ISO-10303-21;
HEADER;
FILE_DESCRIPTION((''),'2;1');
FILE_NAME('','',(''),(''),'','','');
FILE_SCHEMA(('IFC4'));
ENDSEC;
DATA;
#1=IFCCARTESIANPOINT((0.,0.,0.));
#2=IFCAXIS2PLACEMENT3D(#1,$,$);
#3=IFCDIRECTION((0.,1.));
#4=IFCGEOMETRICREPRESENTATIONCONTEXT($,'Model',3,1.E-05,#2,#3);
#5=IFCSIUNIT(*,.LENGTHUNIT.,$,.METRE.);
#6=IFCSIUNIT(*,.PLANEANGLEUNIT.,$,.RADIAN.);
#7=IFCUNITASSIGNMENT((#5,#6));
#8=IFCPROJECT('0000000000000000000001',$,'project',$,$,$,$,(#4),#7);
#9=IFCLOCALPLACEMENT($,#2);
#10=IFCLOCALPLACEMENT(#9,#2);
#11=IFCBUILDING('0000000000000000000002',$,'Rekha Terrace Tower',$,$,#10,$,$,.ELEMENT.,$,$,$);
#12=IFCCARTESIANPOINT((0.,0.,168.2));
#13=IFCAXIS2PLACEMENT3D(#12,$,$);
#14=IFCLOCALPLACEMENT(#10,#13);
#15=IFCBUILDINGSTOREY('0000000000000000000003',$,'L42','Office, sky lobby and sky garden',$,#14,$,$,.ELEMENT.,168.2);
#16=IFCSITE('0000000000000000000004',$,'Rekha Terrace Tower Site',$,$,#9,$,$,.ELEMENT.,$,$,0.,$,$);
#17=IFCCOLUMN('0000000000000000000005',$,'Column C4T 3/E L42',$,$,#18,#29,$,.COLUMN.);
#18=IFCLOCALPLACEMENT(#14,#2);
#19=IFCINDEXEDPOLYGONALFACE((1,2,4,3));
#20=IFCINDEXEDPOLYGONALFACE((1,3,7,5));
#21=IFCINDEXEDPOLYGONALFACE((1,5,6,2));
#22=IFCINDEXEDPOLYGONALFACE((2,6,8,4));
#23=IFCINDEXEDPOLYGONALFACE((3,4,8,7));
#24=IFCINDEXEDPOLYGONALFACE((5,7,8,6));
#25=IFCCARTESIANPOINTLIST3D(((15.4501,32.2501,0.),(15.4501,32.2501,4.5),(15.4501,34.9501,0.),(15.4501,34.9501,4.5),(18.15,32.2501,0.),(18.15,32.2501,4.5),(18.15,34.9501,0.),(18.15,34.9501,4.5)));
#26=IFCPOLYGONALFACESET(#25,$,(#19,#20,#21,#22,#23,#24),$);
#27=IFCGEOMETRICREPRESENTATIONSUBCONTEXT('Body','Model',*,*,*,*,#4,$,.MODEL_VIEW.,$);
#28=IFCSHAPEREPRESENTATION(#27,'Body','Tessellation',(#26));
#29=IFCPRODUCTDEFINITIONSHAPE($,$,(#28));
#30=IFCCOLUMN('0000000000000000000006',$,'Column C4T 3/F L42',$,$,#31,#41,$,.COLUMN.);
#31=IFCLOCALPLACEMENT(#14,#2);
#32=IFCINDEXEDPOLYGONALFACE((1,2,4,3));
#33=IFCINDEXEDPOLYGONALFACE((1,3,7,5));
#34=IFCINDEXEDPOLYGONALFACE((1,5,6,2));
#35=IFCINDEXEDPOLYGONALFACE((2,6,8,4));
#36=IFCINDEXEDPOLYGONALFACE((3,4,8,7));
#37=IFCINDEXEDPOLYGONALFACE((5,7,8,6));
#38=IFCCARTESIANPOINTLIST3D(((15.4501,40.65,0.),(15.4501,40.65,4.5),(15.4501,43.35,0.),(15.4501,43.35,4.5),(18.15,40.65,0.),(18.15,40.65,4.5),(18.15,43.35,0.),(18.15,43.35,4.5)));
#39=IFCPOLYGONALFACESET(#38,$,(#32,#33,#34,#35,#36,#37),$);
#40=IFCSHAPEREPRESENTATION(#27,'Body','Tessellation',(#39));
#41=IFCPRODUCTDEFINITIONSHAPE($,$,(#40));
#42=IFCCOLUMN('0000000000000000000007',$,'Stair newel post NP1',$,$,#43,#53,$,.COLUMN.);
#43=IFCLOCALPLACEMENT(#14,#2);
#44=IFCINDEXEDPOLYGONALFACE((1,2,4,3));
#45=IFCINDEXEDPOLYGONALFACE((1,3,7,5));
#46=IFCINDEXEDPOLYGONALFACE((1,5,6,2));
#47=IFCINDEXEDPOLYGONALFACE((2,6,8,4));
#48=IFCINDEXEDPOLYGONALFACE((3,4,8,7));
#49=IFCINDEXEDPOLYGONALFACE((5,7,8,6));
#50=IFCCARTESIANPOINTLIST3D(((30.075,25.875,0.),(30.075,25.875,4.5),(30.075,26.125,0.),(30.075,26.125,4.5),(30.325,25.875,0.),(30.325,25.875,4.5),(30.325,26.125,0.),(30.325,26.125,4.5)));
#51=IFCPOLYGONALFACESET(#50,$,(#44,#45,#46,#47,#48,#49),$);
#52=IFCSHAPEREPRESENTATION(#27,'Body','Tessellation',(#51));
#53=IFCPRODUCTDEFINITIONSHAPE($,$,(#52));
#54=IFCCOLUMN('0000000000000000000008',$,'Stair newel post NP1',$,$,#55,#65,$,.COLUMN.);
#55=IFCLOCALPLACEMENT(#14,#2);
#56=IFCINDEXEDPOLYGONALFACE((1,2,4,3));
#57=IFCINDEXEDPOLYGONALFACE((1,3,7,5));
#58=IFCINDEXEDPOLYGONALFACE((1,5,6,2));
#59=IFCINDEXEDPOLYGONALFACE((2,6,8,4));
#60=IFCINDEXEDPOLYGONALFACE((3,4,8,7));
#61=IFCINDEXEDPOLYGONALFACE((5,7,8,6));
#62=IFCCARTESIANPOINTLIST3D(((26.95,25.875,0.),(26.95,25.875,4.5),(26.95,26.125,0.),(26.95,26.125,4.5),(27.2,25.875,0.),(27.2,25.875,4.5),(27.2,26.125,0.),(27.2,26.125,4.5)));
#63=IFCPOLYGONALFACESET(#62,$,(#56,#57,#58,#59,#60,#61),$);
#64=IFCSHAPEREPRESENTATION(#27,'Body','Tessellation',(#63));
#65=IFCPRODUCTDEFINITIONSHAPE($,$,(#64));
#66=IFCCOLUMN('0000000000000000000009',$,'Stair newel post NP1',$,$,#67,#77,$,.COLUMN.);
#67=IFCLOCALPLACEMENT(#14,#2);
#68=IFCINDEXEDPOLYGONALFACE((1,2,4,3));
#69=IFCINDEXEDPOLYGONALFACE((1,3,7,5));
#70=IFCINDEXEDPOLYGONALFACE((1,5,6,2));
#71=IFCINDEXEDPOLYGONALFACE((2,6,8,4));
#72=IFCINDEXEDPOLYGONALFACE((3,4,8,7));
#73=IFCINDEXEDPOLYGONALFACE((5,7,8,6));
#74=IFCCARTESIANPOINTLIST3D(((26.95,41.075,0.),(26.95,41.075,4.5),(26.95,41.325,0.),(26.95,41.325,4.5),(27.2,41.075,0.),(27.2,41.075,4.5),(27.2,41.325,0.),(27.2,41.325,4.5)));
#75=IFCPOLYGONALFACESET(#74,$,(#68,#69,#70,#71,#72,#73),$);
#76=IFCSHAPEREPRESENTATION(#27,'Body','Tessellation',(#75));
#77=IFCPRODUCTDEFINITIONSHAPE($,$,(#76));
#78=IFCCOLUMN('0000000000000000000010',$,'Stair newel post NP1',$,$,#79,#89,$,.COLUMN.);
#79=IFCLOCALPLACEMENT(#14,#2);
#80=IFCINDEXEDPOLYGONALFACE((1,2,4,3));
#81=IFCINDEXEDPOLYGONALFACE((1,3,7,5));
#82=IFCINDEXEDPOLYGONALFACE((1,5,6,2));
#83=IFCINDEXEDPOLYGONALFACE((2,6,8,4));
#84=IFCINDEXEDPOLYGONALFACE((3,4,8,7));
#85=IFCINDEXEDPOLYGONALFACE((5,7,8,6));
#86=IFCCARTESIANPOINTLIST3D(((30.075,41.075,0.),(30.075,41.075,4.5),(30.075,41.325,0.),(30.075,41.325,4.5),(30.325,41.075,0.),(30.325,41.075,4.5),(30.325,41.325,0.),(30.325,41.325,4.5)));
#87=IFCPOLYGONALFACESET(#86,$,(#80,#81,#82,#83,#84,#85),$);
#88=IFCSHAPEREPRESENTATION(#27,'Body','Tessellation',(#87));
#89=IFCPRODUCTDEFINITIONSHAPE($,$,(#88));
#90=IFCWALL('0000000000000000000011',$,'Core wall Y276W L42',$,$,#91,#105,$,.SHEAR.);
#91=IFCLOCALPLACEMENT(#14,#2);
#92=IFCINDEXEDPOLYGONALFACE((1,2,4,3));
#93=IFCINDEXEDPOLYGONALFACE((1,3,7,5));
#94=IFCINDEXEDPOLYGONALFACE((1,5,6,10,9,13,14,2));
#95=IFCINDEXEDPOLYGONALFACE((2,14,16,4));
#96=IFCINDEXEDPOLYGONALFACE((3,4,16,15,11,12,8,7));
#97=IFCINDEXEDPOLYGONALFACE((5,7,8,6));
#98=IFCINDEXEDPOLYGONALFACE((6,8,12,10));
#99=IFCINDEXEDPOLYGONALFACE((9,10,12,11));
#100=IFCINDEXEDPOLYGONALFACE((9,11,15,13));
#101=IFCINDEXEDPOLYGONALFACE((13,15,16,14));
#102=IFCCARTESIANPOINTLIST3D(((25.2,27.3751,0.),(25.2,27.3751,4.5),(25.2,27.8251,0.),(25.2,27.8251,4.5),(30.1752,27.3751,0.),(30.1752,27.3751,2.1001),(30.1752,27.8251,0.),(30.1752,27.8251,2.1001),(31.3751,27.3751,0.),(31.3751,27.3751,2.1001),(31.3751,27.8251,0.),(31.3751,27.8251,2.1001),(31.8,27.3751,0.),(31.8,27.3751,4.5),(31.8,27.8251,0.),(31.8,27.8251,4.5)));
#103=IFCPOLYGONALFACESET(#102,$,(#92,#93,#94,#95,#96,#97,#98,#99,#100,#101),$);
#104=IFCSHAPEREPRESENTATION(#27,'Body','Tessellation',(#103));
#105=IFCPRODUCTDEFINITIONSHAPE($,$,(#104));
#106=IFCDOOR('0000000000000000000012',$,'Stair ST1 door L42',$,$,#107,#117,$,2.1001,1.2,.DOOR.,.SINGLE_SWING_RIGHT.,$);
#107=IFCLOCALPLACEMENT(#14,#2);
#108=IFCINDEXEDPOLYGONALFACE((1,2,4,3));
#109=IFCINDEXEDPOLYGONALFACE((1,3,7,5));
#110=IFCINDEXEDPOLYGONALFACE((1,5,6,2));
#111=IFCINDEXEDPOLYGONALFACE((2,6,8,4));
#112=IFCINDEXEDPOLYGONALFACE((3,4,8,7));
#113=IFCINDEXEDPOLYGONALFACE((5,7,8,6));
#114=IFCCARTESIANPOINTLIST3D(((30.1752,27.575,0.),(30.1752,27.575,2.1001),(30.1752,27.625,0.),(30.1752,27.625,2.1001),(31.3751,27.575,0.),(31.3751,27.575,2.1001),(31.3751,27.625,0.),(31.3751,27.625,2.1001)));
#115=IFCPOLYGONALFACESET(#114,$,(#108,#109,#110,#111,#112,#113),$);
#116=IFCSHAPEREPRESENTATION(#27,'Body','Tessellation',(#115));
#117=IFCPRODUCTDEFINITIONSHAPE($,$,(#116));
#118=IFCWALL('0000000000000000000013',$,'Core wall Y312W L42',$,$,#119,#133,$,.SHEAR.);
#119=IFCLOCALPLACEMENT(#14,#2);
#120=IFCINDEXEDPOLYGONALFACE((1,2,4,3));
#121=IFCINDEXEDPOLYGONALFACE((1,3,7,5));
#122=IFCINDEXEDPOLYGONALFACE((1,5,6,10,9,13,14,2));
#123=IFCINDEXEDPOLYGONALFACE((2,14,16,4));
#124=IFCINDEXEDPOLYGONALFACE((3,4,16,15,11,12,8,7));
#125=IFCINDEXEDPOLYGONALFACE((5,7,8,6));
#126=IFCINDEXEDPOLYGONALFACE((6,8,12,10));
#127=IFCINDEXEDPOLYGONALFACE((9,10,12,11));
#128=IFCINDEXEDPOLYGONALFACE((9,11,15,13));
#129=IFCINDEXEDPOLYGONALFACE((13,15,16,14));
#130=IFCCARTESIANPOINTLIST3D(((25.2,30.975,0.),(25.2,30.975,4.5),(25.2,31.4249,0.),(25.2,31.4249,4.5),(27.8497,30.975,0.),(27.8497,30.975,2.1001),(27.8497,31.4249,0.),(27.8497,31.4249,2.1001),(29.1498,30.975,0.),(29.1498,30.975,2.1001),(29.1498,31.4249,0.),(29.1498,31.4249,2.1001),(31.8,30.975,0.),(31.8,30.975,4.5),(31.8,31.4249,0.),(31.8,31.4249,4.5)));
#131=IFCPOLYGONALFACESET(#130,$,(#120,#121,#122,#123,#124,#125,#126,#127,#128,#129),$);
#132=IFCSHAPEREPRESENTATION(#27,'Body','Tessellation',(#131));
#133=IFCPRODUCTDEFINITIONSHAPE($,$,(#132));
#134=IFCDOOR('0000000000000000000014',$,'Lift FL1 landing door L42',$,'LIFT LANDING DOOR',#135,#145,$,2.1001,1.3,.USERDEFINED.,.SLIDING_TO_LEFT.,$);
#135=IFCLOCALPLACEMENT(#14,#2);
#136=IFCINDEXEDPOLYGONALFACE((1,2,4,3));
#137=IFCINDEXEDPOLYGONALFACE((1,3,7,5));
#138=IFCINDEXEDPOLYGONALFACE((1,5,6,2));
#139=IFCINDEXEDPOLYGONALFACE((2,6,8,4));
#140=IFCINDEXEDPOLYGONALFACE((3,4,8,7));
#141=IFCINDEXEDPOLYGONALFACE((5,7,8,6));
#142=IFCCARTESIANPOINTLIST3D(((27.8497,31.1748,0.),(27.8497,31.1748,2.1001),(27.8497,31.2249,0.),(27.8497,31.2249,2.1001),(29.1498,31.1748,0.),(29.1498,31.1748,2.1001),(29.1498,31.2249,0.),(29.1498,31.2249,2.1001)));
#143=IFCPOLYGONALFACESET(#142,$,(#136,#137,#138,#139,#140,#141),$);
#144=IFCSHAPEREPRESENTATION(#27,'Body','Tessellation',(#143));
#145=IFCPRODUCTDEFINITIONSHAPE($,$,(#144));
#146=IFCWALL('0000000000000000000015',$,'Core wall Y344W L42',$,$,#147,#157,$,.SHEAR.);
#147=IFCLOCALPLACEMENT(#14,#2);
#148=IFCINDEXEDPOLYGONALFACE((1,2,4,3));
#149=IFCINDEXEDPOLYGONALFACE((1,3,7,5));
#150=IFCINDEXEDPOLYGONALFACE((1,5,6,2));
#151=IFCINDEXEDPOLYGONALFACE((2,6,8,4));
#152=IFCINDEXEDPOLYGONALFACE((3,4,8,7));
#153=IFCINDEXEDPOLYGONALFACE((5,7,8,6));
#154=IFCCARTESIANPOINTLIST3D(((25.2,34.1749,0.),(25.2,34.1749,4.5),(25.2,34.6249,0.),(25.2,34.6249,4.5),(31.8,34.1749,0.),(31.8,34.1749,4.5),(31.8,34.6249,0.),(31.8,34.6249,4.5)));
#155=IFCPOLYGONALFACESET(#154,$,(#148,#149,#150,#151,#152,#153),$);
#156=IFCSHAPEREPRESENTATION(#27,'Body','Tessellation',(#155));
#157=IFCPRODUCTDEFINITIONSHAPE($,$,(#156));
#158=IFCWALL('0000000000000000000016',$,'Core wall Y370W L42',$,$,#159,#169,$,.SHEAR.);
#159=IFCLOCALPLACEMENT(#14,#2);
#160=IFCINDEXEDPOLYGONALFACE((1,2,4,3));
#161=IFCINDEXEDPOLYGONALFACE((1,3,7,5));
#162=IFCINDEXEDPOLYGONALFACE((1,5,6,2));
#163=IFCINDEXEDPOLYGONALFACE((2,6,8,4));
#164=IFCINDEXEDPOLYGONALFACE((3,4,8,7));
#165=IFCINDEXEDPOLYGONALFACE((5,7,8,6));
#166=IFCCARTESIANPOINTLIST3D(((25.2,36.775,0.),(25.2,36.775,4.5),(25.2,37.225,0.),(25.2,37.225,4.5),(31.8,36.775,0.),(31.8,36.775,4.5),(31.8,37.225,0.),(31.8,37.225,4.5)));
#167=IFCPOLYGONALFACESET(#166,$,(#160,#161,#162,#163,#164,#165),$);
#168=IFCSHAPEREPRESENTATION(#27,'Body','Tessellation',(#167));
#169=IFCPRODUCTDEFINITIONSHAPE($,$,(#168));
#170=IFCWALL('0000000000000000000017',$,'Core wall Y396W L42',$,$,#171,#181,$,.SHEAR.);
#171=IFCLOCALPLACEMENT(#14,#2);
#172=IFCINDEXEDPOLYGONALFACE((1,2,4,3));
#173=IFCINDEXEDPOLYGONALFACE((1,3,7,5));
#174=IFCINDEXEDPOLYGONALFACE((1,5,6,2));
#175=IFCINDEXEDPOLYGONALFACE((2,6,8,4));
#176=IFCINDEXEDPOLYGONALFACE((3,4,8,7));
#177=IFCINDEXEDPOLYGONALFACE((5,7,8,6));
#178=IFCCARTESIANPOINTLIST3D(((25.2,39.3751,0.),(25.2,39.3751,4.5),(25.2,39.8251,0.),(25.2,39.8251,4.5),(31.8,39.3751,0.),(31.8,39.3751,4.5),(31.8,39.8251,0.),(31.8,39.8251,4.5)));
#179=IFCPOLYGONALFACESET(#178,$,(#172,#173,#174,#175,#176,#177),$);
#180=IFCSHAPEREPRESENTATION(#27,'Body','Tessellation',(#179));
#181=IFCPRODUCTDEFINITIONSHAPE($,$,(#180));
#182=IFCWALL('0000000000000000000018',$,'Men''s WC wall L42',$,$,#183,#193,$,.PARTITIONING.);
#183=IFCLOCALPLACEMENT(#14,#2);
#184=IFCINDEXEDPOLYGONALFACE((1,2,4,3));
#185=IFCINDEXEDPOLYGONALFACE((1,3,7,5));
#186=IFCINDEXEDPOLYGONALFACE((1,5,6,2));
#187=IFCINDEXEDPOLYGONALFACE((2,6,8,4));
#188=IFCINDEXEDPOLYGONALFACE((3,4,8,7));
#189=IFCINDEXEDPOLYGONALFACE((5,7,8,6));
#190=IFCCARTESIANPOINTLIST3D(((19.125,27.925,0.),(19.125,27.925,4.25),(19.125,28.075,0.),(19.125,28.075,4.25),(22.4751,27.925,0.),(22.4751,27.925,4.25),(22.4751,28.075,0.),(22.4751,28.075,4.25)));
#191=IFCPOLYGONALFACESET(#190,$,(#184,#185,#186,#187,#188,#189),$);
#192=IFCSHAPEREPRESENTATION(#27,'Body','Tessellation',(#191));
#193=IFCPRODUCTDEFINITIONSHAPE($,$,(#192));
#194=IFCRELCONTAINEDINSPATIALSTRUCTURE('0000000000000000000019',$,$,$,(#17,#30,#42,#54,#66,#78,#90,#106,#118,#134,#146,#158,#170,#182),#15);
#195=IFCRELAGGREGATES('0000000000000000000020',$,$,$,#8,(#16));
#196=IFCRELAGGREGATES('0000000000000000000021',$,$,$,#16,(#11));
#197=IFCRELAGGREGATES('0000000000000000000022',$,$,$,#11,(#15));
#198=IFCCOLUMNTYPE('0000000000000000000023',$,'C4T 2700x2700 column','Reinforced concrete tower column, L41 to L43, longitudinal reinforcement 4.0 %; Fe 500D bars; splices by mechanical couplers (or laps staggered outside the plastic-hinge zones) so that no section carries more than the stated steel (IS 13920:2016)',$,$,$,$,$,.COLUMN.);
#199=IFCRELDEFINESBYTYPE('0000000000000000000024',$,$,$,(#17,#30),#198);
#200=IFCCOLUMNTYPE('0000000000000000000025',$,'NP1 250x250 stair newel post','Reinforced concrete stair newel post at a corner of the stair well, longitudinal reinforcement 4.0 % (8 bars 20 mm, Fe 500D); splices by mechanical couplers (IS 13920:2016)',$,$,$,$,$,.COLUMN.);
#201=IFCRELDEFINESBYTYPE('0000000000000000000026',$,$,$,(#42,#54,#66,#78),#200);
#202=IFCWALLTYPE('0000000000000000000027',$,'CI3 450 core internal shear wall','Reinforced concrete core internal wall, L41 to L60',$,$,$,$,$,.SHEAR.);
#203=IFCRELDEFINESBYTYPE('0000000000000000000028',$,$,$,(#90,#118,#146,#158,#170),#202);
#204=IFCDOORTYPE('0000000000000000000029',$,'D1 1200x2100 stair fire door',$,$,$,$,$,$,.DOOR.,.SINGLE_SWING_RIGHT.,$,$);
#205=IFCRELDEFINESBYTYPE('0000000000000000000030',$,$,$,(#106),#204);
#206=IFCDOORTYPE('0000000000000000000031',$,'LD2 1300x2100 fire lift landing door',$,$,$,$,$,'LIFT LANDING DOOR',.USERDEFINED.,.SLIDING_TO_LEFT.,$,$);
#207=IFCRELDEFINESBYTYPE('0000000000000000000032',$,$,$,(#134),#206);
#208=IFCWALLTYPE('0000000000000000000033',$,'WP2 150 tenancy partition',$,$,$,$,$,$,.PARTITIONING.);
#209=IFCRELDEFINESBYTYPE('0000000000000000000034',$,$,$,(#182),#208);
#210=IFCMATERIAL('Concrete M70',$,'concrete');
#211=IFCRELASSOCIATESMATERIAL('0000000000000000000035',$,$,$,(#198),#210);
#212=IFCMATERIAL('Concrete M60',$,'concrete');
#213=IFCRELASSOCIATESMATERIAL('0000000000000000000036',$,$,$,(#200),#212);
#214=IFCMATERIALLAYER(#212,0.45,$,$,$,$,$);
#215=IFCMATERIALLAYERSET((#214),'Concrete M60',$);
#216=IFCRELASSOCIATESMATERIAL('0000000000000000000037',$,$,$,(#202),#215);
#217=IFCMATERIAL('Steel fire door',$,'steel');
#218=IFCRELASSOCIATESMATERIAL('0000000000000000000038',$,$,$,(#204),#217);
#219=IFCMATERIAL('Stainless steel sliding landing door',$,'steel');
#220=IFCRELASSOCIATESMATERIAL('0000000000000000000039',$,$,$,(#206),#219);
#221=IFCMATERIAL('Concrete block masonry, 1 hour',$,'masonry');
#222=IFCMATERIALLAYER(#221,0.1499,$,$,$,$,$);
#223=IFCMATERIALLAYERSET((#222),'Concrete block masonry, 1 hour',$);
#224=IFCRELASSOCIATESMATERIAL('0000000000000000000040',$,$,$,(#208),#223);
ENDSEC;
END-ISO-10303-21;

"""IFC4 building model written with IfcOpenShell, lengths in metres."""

from ifc_helpers import new_model, si_unit, direction, frame, frame_2d, origin, origin_2d, place, context, subcontext, project, spatial, rectangle, extrude, material, layer, layer_set, material_profile, profile_set, type_object, element, fill, save


model = new_model("IFC4")

# Units and contexts
model_context = context("Model", 3, precision=1e-05, world=origin(), true_north=direction((0.0, 1.0)))
body_context = subcontext(model_context, "Body", "Model", "MODEL_VIEW")
ifc_project = project(units=[si_unit("LENGTHUNIT", "METRE"), si_unit("PLANEANGLEUNIT", "RADIAN")], contexts=[model_context])

# Site, building, storey
site_placement = place(None, origin())
site = spatial("IfcSite", under=ifc_project, at=site_placement, Name="Rekha Terrace Tower Site", CompositionType="ELEMENT", RefElevation=0.0)
building_placement = place(site_placement, origin())
building = spatial("IfcBuilding", under=site, at=building_placement, Name="Rekha Terrace Tower", CompositionType="ELEMENT")
storey_placement = place(building_placement, frame((0.0, 0.0, 168.2)))
storey = spatial("IfcBuildingStorey", under=building, at=storey_placement, Name="L42", Description="Office, sky lobby and sky garden", CompositionType="ELEMENT", Elevation=168.2)

# Columns
ifc_material_1 = material(Name="Concrete M70", Category="concrete")
ifc_material_profile_1 = material_profile(ifc_material_1, rectangle(XDim=2.7, YDim=2.7, at=origin_2d()), Name="RC 2700x2700")
ifc_profile_set_1 = profile_set([ifc_material_profile_1], Name="Concrete M70")
column_type_1 = type_object("IfcColumnType", Name="C4T 2700x2700 column", Description="Reinforced concrete tower column, L41 to L43, longitudinal reinforcement 4.0 %; Fe 500D bars; splices by mechanical couplers (or laps staggered outside the plastic-hinge zones) so that no section carries more than the stated steel (IS 13920:2016)", PredefinedType="COLUMN", material=ifc_profile_set_1)
for number, where, z_axis, x_axis, name in (
    (1, (16.8, 33.6001, 0.0), (0.0, 0.0, 1.0), (1.0, 0.0, 0.0), "Column C4T 3/E L42"),
    (2, (16.8, 42.0, 0.0), (0.0, 0.0, 1.0), (1.0, 0.0, 0.0), "Column C4T 3/F L42"),
):
    element("IfcColumn", number, at=place(storey_placement, frame(where, z_axis=z_axis, x_axis=x_axis)), inside=storey, type_object=column_type_1, Name=name, PredefinedType="COLUMN", context=body_context, shape_type="SweptSolid", body=[
        extrude(rectangle(XDim=2.7, YDim=2.7, at=origin_2d()), origin(), (0.0, 0.0, 1.0), 4.5),
    ])
ifc_material_2 = material(Name="Concrete M60", Category="concrete")
ifc_material_profile_2 = material_profile(ifc_material_2, rectangle(XDim=0.25, YDim=0.25, at=origin_2d()), Name="RC 250x250")
ifc_profile_set_2 = profile_set([ifc_material_profile_2], Name="Concrete M60")
column_type_2 = type_object("IfcColumnType", Name="NP1 250x250 stair newel post", Description="Reinforced concrete stair newel post at a corner of the stair well, longitudinal reinforcement 4.0 % (8 bars 20 mm, Fe 500D); splices by mechanical couplers (IS 13920:2016)", PredefinedType="COLUMN", material=ifc_profile_set_2)
for number, where, z_axis, x_axis, name in (
    (3, (30.2, 26.0, 0.0), (0.0, 0.0, 1.0), (1.0, 0.0, 0.0), "Stair newel post NP1"),
    (4, (27.075, 26.0, 0.0), (0.0, 0.0, 1.0), (1.0, 0.0, 0.0), "Stair newel post NP1"),
    (5, (27.075, 41.2, 0.0), (0.0, 0.0, 1.0), (1.0, 0.0, 0.0), "Stair newel post NP1"),
    (6, (30.2, 41.2, 0.0), (0.0, 0.0, 1.0), (1.0, 0.0, 0.0), "Stair newel post NP1"),
):
    element("IfcColumn", number, at=place(storey_placement, frame(where, z_axis=z_axis, x_axis=x_axis)), inside=storey, type_object=column_type_2, Name=name, PredefinedType="COLUMN", context=body_context, shape_type="SweptSolid", body=[
        extrude(rectangle(XDim=0.25, YDim=0.25, at=origin_2d()), origin(), (0.0, 0.0, 1.0), 4.5),
    ])

# Walls, openings, doors
ifc_layer_1 = layer(ifc_material_2, 0.45)
ifc_layer_set_1 = layer_set([ifc_layer_1], Name="Concrete M60")
wall_type_1 = type_object("IfcWallType", Name="CI3 450 core internal shear wall", Description="Reinforced concrete core internal wall, L41 to L60", PredefinedType="SHEAR", material=ifc_layer_set_1)
wall_1_placement = place(storey_placement, frame((25.2, 27.6001, 0.0), z_axis=(0.0, 0.0, 1.0), x_axis=(1.0, 0.0, 0.0)))
wall_1 = element("IfcWall", 7, at=wall_1_placement, inside=storey, type_object=wall_type_1, Name="Core wall Y276W L42", PredefinedType="SHEAR", context=body_context, shape_type="SweptSolid", body=[
    extrude(rectangle(XDim=6.6001, YDim=0.45, at=frame_2d((3.3, 0.0))), origin(), (0.0, 0.0, 1.0), 4.5),
])
opening_1_placement = place(wall_1_placement, frame((4.9751, 0.0, 0.0)))
opening_1 = element("IfcOpeningElement", 8, at=opening_1_placement, cuts=wall_1, PredefinedType="OPENING", context=body_context, shape_type="SweptSolid", body=[
    extrude(rectangle(XDim=1.2, YDim=2.1001, at=frame_2d((0.6001, 1.05))), frame((0.0, 0.2349, 0.0), z_axis=(0.0, -1.0, 0.0), x_axis=(1.0, 0.0, 0.0)), (0.0, 0.0, 1.0), 0.47),
])
ifc_material_3 = material(Name="Steel fire door", Category="steel")
door_type_1 = type_object("IfcDoorType", Name="D1 1200x2100 stair fire door", OperationType="SINGLE_SWING_RIGHT", PredefinedType="DOOR", material=ifc_material_3)
door_1_placement = place(opening_1_placement, origin())
door_1 = element("IfcDoor", 9, at=door_1_placement, inside=storey, type_object=door_type_1, Name="Stair ST1 door L42", OperationType="SINGLE_SWING_RIGHT", OverallHeight=2.1001, OverallWidth=1.2, PredefinedType="DOOR", context=body_context, shape_type="SweptSolid", body=[
    extrude(rectangle(XDim=1.2, YDim=2.1001, at=frame_2d((0.6001, 1.05))), frame((0.0, 0.0249, 0.0), z_axis=(0.0, -1.0, 0.0), x_axis=(1.0, 0.0, 0.0)), (0.0, 0.0, 1.0), 0.05),
])
fill(opening_1, door_1)
wall_2_placement = place(storey_placement, frame((25.2, 31.2, 0.0), z_axis=(0.0, 0.0, 1.0), x_axis=(1.0, 0.0, 0.0)))
wall_2 = element("IfcWall", 10, at=wall_2_placement, inside=storey, type_object=wall_type_1, Name="Core wall Y312W L42", PredefinedType="SHEAR", context=body_context, shape_type="SweptSolid", body=[
    extrude(rectangle(XDim=6.6001, YDim=0.45, at=frame_2d((3.3, 0.0))), origin(), (0.0, 0.0, 1.0), 4.5),
])
opening_2_placement = place(wall_2_placement, frame((2.6499, 0.0, 0.0)))
opening_2 = element("IfcOpeningElement", 11, at=opening_2_placement, cuts=wall_2, PredefinedType="OPENING", context=body_context, shape_type="SweptSolid", body=[
    extrude(rectangle(XDim=1.3, YDim=2.1001, at=frame_2d((0.6499, 1.05))), frame((0.0, 0.2349, 0.0), z_axis=(0.0, -1.0, 0.0), x_axis=(1.0, 0.0, 0.0)), (0.0, 0.0, 1.0), 0.47),
])
ifc_material_4 = material(Name="Stainless steel sliding landing door", Category="steel")
door_type_2 = type_object("IfcDoorType", Name="LD2 1300x2100 fire lift landing door", ElementType="LIFT LANDING DOOR", OperationType="SLIDING_TO_LEFT", PredefinedType="USERDEFINED", material=ifc_material_4)
door_2_placement = place(opening_2_placement, origin())
door_2 = element("IfcDoor", 12, at=door_2_placement, inside=storey, type_object=door_type_2, Name="Lift FL1 landing door L42", ObjectType="LIFT LANDING DOOR", OperationType="SLIDING_TO_LEFT", OverallHeight=2.1001, OverallWidth=1.3, PredefinedType="USERDEFINED", context=body_context, shape_type="SweptSolid", body=[
    extrude(rectangle(XDim=1.3, YDim=2.1001, at=frame_2d((0.6499, 1.05))), frame((0.0, 0.0249, 0.0), z_axis=(0.0, -1.0, 0.0), x_axis=(1.0, 0.0, 0.0)), (0.0, 0.0, 1.0), 0.05),
])
fill(opening_2, door_2)

# Walls
for number, where, z_axis, x_axis, name in (
    (13, (25.2, 34.3999, 0.0), (0.0, 0.0, 1.0), (1.0, 0.0, 0.0), "Core wall Y344W L42"),
    (14, (25.2, 37.0, 0.0), (0.0, 0.0, 1.0), (1.0, 0.0, 0.0), "Core wall Y370W L42"),
    (15, (25.2, 39.6001, 0.0), (0.0, 0.0, 1.0), (1.0, 0.0, 0.0), "Core wall Y396W L42"),
):
    element("IfcWall", number, at=place(storey_placement, frame(where, z_axis=z_axis, x_axis=x_axis)), inside=storey, type_object=wall_type_1, Name=name, PredefinedType="SHEAR", context=body_context, shape_type="SweptSolid", body=[
        extrude(rectangle(XDim=6.6001, YDim=0.45, at=frame_2d((3.3, 0.0))), origin(), (0.0, 0.0, 1.0), 4.5),
    ])
ifc_material_5 = material(Name="Concrete block masonry, 1 hour", Category="masonry")
ifc_layer_2 = layer(ifc_material_5, 0.1499)
ifc_layer_set_2 = layer_set([ifc_layer_2], Name="Concrete block masonry, 1 hour")
wall_type_2 = type_object("IfcWallType", Name="WP2 150 tenancy partition", PredefinedType="PARTITIONING", material=ifc_layer_set_2)
wall_3_placement = place(storey_placement, frame((19.125, 28.0, 0.0), z_axis=(0.0, 0.0, 1.0), x_axis=(1.0, 0.0, 0.0)))
element("IfcWall", 16, at=wall_3_placement, inside=storey, type_object=wall_type_2, Name="Men's WC wall L42", PredefinedType="PARTITIONING", context=body_context, shape_type="SweptSolid", body=[
    extrude(rectangle(XDim=3.3501, YDim=0.1499, at=frame_2d((1.675, 0.0))), origin(), (0.0, 0.0, 1.0), 4.25),
])

save(model, "model.ifc")
